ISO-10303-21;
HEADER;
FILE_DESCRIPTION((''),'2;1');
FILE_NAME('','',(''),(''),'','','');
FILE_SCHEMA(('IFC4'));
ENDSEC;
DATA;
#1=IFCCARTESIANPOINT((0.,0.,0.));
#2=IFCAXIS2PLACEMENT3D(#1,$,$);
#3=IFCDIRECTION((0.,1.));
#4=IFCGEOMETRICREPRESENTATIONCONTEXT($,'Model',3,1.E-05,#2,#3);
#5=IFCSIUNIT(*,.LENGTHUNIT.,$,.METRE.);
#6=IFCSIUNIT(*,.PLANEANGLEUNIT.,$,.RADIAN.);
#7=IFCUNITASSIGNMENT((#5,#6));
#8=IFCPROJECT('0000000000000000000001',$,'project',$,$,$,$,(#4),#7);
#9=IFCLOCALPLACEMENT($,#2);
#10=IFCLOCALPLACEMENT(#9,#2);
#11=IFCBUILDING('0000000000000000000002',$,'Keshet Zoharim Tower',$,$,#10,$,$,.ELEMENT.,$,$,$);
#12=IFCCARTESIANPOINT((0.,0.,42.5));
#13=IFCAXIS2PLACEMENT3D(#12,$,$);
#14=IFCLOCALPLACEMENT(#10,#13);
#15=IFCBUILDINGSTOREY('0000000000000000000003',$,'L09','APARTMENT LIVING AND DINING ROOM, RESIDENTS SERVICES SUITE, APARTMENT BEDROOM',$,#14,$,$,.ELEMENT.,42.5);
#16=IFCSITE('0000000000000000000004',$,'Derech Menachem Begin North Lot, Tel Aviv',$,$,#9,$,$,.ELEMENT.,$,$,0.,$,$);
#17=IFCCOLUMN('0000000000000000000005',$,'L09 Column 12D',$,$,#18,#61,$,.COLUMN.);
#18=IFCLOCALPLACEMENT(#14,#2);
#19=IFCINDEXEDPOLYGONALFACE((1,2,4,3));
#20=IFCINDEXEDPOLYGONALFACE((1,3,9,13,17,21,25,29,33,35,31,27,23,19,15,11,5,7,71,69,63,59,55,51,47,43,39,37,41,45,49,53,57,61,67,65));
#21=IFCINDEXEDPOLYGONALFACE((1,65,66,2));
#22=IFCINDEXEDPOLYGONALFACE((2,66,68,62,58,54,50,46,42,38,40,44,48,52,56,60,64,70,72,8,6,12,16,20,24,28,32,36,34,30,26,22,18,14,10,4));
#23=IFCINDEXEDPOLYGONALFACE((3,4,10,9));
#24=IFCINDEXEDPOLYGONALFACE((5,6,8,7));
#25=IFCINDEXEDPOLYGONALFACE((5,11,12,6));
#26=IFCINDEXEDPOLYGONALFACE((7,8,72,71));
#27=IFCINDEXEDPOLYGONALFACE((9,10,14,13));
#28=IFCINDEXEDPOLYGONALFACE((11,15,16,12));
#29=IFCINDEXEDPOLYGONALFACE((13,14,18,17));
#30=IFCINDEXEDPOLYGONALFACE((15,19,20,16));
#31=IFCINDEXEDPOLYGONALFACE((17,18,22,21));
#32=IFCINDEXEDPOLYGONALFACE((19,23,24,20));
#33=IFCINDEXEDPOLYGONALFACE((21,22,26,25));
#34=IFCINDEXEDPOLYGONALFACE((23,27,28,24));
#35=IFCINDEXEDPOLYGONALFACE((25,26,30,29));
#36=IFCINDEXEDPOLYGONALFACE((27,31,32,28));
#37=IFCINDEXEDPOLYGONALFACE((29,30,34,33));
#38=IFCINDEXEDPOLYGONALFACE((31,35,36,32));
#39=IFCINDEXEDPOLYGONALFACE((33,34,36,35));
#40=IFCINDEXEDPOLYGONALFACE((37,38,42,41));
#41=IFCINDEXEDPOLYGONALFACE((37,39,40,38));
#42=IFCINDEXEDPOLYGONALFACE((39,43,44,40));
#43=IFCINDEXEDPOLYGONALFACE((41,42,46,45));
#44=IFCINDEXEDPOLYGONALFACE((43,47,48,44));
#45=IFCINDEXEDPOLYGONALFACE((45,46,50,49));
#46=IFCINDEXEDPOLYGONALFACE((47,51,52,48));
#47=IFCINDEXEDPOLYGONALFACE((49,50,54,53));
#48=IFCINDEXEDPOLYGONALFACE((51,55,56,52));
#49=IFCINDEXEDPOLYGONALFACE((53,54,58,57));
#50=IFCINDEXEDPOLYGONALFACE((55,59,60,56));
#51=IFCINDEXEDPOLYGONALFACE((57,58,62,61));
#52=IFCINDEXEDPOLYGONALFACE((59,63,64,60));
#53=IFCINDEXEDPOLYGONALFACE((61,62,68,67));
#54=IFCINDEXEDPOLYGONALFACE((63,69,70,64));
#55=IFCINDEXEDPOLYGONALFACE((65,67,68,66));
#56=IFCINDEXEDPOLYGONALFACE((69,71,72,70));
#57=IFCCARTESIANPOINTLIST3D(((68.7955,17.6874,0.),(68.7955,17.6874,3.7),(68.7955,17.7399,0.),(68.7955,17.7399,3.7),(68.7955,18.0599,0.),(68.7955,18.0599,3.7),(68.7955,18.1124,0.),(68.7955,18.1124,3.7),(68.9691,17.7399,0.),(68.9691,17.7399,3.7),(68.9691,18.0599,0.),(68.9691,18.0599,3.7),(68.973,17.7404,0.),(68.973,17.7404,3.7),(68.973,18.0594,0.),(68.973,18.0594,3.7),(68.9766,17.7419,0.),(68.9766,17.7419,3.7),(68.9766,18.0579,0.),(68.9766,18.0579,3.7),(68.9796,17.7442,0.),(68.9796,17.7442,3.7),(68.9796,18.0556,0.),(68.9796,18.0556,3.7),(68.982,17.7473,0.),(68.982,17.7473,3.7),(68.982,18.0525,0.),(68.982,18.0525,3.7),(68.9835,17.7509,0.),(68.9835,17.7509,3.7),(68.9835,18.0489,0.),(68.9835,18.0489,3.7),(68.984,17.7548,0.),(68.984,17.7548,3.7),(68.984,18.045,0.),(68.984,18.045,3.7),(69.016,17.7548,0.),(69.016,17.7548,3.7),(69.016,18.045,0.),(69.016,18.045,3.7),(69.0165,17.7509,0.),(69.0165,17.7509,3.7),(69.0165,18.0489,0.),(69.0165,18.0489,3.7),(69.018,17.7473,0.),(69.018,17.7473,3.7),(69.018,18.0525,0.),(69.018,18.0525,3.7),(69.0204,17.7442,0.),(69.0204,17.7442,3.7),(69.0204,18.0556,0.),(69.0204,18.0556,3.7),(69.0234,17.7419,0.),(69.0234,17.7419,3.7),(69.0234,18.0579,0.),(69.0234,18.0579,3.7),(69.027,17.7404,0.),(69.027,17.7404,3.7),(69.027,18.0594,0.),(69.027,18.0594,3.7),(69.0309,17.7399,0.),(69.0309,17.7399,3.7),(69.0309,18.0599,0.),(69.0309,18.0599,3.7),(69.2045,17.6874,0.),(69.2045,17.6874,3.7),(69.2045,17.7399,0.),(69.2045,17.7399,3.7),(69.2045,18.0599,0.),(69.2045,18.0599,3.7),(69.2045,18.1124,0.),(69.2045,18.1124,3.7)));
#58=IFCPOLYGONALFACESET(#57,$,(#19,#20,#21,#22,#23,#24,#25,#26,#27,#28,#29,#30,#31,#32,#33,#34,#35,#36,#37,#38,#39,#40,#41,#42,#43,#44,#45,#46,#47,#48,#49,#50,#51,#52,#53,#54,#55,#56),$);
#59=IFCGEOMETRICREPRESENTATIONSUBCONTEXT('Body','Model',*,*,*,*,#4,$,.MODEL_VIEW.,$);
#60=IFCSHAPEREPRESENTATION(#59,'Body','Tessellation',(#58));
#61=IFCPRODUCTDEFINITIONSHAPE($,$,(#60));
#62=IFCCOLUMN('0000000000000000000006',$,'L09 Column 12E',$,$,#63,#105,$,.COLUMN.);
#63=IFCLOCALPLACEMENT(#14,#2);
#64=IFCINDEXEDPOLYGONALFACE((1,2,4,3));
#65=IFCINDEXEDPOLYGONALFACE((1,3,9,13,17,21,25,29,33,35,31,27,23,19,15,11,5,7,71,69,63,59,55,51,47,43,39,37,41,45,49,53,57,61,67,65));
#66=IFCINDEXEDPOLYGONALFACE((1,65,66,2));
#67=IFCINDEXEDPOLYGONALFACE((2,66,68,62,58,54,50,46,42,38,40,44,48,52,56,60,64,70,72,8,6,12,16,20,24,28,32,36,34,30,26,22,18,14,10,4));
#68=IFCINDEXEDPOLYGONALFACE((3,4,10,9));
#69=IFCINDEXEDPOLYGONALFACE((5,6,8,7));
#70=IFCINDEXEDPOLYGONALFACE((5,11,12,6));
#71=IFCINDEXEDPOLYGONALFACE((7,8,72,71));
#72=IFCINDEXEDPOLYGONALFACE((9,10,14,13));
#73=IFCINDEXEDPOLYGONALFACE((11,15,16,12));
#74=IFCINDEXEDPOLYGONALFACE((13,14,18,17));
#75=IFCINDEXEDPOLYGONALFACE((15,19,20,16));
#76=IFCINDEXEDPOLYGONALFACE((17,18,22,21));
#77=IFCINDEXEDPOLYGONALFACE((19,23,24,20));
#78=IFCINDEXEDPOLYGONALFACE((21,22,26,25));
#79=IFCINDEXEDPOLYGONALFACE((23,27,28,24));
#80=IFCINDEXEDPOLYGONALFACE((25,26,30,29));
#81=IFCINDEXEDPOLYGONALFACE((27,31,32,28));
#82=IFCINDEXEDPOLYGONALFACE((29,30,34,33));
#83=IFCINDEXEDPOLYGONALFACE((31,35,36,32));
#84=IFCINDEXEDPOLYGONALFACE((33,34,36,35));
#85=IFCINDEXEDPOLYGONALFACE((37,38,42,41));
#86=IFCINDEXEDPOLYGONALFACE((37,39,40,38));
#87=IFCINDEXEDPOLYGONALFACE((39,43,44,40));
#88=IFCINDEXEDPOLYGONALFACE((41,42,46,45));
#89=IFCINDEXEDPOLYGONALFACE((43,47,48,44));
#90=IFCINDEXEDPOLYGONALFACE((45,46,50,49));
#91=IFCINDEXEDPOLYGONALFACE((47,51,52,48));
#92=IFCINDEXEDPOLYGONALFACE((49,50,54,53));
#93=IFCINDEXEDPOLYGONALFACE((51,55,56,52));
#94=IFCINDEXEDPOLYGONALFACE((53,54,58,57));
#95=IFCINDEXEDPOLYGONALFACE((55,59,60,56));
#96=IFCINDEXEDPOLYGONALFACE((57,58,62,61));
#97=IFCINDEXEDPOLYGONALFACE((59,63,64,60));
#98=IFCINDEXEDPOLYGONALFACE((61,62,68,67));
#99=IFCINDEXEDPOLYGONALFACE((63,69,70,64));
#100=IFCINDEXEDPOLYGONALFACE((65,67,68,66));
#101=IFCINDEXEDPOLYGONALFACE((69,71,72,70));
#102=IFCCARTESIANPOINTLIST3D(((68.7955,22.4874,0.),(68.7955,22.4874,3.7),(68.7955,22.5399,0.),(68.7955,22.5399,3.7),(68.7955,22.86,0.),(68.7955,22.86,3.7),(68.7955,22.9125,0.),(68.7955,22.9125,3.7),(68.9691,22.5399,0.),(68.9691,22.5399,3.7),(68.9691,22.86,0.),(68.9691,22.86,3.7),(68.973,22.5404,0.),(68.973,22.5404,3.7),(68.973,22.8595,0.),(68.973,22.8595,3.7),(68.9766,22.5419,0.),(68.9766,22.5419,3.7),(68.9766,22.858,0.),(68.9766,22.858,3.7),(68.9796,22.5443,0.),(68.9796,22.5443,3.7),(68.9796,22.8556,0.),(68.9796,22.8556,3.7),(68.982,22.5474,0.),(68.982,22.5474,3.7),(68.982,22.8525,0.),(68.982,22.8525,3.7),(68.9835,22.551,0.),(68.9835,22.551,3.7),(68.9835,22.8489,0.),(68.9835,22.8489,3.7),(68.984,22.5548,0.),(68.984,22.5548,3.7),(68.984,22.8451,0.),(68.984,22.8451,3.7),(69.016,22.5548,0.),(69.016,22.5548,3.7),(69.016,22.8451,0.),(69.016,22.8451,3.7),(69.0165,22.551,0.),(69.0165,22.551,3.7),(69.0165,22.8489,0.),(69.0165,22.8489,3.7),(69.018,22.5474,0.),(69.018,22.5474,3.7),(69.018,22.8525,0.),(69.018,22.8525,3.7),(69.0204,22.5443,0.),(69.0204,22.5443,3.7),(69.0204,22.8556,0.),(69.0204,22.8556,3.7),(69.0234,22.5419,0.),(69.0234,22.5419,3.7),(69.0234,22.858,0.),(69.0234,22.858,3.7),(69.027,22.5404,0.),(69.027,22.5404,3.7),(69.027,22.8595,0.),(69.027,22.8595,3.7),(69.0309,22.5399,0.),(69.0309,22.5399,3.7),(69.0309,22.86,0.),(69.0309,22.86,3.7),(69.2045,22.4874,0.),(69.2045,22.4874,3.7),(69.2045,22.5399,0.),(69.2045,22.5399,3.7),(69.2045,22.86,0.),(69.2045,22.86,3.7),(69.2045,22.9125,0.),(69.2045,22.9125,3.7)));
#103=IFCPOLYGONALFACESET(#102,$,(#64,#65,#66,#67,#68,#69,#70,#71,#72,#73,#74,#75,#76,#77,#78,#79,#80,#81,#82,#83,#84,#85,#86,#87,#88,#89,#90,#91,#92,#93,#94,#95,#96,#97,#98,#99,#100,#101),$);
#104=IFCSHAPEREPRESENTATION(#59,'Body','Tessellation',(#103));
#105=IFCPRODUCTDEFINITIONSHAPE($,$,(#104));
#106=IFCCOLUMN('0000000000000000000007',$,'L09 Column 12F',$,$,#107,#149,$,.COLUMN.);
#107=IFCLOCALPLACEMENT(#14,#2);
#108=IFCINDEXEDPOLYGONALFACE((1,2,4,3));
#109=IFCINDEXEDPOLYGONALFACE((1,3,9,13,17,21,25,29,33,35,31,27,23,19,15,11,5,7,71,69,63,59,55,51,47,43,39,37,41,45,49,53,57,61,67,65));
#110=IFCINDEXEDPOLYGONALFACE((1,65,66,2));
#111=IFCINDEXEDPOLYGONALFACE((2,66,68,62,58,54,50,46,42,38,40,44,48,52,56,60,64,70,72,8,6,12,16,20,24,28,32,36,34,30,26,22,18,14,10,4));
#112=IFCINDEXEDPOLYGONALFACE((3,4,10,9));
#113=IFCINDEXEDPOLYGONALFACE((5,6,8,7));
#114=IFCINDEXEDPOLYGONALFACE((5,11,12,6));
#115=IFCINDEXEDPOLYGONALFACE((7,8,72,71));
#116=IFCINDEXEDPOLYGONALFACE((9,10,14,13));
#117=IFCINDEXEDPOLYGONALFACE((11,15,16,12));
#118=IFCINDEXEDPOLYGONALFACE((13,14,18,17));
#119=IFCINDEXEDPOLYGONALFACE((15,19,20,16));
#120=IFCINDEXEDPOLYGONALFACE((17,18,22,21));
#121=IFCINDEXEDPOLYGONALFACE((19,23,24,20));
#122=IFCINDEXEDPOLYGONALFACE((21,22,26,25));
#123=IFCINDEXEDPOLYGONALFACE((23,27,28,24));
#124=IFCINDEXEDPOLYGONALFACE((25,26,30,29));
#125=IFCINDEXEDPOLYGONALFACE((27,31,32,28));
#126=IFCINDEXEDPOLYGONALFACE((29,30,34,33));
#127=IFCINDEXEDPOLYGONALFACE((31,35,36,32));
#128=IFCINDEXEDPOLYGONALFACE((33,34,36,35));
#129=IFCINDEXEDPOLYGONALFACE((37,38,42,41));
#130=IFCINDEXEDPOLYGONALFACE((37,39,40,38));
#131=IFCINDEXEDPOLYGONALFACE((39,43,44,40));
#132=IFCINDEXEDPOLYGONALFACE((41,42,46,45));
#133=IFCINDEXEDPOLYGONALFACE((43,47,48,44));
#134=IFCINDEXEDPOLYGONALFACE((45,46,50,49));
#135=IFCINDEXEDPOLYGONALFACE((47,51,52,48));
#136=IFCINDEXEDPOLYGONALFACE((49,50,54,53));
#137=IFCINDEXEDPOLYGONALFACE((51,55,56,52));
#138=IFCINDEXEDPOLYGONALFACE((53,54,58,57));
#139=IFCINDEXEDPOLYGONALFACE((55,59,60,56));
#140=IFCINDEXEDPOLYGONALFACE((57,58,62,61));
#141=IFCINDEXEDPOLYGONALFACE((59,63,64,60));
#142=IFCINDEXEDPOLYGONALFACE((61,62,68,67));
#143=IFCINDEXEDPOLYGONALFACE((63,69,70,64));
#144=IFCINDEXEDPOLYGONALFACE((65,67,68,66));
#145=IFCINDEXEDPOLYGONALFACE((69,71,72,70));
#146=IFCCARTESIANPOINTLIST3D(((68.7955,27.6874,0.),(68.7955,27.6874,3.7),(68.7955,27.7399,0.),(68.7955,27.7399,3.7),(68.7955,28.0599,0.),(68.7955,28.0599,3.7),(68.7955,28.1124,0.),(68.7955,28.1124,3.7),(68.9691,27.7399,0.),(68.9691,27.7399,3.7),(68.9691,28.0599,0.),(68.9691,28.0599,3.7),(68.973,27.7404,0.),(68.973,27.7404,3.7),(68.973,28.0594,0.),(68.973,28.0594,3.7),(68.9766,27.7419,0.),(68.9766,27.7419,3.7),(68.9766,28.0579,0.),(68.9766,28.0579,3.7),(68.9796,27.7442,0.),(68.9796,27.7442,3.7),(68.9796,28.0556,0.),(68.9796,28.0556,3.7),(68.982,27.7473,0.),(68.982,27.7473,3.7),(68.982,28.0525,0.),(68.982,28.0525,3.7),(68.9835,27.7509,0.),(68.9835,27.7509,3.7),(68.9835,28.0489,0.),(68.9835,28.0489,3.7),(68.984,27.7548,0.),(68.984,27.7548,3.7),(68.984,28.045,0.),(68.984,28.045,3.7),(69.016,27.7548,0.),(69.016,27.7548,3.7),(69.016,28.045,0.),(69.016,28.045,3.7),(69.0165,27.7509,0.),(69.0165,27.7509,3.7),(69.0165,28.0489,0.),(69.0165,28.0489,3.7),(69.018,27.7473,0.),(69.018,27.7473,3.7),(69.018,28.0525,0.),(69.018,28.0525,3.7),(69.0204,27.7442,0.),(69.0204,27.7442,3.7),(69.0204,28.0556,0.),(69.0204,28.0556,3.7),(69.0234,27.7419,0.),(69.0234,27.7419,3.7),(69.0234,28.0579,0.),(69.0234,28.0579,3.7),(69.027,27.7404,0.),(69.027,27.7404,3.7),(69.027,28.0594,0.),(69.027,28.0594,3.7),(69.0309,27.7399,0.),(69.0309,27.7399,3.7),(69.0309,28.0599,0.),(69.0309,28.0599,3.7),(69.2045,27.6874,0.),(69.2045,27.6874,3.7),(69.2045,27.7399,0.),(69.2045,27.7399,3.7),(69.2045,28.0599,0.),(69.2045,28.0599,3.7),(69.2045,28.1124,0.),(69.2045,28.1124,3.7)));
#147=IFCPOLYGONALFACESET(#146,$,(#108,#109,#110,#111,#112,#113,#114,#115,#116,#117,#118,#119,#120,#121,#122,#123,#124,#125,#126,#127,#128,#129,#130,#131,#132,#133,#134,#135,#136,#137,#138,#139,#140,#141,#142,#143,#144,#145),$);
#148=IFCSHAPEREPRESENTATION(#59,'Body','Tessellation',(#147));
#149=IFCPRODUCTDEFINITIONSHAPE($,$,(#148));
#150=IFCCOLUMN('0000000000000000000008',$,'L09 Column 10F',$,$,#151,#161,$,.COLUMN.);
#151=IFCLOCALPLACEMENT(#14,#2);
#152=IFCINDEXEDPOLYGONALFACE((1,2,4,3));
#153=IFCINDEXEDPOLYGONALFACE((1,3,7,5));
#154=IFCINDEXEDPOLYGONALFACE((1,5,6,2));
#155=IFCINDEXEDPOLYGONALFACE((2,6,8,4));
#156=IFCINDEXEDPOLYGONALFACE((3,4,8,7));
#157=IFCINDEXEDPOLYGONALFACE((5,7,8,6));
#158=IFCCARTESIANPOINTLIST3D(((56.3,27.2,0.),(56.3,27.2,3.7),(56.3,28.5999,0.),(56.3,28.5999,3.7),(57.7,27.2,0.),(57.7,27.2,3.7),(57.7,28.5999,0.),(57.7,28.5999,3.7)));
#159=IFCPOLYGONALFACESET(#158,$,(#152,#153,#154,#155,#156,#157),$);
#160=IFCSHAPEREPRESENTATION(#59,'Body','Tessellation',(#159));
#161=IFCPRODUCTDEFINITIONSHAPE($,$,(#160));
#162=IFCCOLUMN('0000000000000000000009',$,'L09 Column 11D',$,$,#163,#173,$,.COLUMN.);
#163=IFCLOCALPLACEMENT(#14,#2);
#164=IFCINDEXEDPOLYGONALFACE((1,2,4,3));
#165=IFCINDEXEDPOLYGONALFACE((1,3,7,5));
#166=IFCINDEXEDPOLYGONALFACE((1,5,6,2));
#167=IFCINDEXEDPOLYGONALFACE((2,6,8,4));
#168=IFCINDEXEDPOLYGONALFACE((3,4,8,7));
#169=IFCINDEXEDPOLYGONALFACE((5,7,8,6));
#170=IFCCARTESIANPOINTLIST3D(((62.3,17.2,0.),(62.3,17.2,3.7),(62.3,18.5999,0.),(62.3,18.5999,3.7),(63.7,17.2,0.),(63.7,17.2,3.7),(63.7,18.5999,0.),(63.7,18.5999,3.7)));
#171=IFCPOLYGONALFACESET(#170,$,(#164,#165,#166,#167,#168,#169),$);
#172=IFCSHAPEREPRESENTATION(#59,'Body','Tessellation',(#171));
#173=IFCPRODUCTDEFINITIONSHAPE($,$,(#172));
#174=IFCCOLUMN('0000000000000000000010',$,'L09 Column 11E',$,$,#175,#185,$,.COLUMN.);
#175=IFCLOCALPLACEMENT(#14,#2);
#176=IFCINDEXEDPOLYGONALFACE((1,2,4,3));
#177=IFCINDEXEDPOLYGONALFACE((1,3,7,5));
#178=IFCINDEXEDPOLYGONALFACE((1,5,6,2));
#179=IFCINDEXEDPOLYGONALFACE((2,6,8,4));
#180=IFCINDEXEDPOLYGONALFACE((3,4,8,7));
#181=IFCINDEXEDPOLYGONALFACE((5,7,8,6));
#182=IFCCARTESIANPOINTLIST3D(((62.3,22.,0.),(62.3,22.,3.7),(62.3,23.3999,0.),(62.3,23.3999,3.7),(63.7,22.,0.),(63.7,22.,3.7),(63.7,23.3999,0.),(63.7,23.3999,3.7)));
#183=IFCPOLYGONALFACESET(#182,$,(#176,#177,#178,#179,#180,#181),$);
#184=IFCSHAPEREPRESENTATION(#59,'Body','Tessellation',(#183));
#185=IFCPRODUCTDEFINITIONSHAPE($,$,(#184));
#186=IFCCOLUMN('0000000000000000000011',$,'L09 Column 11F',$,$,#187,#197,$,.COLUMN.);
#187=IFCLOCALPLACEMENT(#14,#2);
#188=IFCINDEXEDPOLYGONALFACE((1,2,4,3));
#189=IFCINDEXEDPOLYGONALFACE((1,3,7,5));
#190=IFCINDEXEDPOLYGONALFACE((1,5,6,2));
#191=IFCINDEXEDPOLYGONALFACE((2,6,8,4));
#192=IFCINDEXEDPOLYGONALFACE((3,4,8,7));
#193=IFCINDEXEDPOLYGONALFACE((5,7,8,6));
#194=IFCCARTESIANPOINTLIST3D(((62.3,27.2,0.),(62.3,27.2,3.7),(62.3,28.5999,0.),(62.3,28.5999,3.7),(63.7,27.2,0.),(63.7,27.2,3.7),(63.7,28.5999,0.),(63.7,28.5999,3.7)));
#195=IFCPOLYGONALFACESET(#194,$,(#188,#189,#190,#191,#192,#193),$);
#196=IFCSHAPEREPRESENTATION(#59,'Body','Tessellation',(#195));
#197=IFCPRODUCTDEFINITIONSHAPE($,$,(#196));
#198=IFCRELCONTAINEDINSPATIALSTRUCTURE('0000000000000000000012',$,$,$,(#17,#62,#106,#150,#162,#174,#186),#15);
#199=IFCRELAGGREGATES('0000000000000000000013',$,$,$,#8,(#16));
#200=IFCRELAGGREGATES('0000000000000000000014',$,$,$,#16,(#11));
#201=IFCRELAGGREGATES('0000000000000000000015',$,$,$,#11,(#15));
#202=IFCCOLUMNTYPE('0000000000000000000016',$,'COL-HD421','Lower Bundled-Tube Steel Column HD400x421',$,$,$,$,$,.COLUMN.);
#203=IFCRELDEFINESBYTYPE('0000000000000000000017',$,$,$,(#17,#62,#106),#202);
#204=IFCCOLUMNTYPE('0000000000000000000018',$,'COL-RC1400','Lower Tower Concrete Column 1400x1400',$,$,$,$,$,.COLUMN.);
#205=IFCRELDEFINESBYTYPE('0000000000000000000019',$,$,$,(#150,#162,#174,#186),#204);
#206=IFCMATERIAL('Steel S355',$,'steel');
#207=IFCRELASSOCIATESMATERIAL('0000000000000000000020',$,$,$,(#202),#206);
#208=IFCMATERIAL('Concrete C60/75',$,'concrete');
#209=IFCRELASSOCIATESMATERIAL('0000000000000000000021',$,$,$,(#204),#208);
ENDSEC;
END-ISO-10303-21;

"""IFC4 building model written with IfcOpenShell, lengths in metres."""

from ifc_helpers import new_model, si_unit, direction, frame, origin, origin_2d, place, context, subcontext, project, spatial, rectangle, i_section, extrude, material, material_profile, profile_set, type_object, element, save


model = new_model("IFC4")

# Units and contexts
model_context = context("Model", 3, precision=1e-05, world=origin(), true_north=direction((0.0, 1.0)))
body_context = subcontext(model_context, "Body", "Model", "MODEL_VIEW")
ifc_project = project(units=[si_unit("LENGTHUNIT", "METRE"), si_unit("PLANEANGLEUNIT", "RADIAN")], contexts=[model_context])

# Site, building, storey
site_placement = place(None, origin())
site = spatial("IfcSite", under=ifc_project, at=site_placement, Name="Derech Menachem Begin North Lot, Tel Aviv", CompositionType="ELEMENT", RefElevation=0.0)
building_placement = place(site_placement, origin())
building = spatial("IfcBuilding", under=site, at=building_placement, Name="Keshet Zoharim Tower", CompositionType="ELEMENT")
storey_placement = place(building_placement, frame((0.0, 0.0, 42.5)))
storey = spatial("IfcBuildingStorey", under=building, at=storey_placement, Name="L09", Description="APARTMENT LIVING AND DINING ROOM, RESIDENTS SERVICES SUITE, APARTMENT BEDROOM", CompositionType="ELEMENT", Elevation=42.5)

# Columns
ifc_material_1 = material(Name="Steel S355", Category="steel")
ifc_material_profile_1 = material_profile(ifc_material_1, i_section(OverallWidth=0.4089, OverallDepth=0.425, WebThickness=0.032, FlangeThickness=0.0525, FilletRadius=0.0149, at=origin_2d()), Name="HD400x421")
ifc_profile_set_1 = profile_set([ifc_material_profile_1], Name="Steel S355")
column_type_1 = type_object("IfcColumnType", Name="COL-HD421", Description="Lower Bundled-Tube Steel Column HD400x421", PredefinedType="COLUMN", material=ifc_profile_set_1)
for number, where, z_axis, x_axis, name in (
    (1, (69.0, 17.8999, 0.0), (0.0, 0.0, 1.0), (1.0, 0.0, 0.0), "L09 Column 12D"),
    (2, (69.0, 22.7, 0.0), (0.0, 0.0, 1.0), (1.0, 0.0, 0.0), "L09 Column 12E"),
    (3, (69.0, 27.8999, 0.0), (0.0, 0.0, 1.0), (1.0, 0.0, 0.0), "L09 Column 12F"),
):
    element("IfcColumn", number, at=place(storey_placement, frame(where, z_axis=z_axis, x_axis=x_axis)), inside=storey, type_object=column_type_1, Name=name, PredefinedType="COLUMN", context=body_context, shape_type="SweptSolid", body=[
        extrude(i_section(OverallWidth=0.4089, OverallDepth=0.425, WebThickness=0.032, FlangeThickness=0.0525, FilletRadius=0.0149, at=origin_2d()), origin(), (0.0, 0.0, 1.0), 3.7),
    ])
ifc_material_2 = material(Name="Concrete C60/75", Category="concrete")
ifc_material_profile_2 = material_profile(ifc_material_2, rectangle(XDim=1.3999, YDim=1.3999, at=origin_2d()), Name="RC1400x1400")
ifc_profile_set_2 = profile_set([ifc_material_profile_2], Name="Concrete C60/75")
column_type_2 = type_object("IfcColumnType", Name="COL-RC1400", Description="Lower Tower Concrete Column 1400x1400", PredefinedType="COLUMN", material=ifc_profile_set_2)
for number, where, z_axis, x_axis, name in (
    (4, (57.0, 27.8999, 0.0), (0.0, 0.0, 1.0), (1.0, 0.0, 0.0), "L09 Column 10F"),
    (5, (63.0, 17.8999, 0.0), (0.0, 0.0, 1.0), (1.0, 0.0, 0.0), "L09 Column 11D"),
    (6, (63.0, 22.7, 0.0), (0.0, 0.0, 1.0), (1.0, 0.0, 0.0), "L09 Column 11E"),
    (7, (63.0, 27.8999, 0.0), (0.0, 0.0, 1.0), (1.0, 0.0, 0.0), "L09 Column 11F"),
):
    element("IfcColumn", number, at=place(storey_placement, frame(where, z_axis=z_axis, x_axis=x_axis)), inside=storey, type_object=column_type_2, Name=name, PredefinedType="COLUMN", context=body_context, shape_type="SweptSolid", body=[
        extrude(rectangle(XDim=1.3999, YDim=1.3999, at=origin_2d()), origin(), (0.0, 0.0, 1.0), 3.7),
    ])

save(model, "model.ifc")
